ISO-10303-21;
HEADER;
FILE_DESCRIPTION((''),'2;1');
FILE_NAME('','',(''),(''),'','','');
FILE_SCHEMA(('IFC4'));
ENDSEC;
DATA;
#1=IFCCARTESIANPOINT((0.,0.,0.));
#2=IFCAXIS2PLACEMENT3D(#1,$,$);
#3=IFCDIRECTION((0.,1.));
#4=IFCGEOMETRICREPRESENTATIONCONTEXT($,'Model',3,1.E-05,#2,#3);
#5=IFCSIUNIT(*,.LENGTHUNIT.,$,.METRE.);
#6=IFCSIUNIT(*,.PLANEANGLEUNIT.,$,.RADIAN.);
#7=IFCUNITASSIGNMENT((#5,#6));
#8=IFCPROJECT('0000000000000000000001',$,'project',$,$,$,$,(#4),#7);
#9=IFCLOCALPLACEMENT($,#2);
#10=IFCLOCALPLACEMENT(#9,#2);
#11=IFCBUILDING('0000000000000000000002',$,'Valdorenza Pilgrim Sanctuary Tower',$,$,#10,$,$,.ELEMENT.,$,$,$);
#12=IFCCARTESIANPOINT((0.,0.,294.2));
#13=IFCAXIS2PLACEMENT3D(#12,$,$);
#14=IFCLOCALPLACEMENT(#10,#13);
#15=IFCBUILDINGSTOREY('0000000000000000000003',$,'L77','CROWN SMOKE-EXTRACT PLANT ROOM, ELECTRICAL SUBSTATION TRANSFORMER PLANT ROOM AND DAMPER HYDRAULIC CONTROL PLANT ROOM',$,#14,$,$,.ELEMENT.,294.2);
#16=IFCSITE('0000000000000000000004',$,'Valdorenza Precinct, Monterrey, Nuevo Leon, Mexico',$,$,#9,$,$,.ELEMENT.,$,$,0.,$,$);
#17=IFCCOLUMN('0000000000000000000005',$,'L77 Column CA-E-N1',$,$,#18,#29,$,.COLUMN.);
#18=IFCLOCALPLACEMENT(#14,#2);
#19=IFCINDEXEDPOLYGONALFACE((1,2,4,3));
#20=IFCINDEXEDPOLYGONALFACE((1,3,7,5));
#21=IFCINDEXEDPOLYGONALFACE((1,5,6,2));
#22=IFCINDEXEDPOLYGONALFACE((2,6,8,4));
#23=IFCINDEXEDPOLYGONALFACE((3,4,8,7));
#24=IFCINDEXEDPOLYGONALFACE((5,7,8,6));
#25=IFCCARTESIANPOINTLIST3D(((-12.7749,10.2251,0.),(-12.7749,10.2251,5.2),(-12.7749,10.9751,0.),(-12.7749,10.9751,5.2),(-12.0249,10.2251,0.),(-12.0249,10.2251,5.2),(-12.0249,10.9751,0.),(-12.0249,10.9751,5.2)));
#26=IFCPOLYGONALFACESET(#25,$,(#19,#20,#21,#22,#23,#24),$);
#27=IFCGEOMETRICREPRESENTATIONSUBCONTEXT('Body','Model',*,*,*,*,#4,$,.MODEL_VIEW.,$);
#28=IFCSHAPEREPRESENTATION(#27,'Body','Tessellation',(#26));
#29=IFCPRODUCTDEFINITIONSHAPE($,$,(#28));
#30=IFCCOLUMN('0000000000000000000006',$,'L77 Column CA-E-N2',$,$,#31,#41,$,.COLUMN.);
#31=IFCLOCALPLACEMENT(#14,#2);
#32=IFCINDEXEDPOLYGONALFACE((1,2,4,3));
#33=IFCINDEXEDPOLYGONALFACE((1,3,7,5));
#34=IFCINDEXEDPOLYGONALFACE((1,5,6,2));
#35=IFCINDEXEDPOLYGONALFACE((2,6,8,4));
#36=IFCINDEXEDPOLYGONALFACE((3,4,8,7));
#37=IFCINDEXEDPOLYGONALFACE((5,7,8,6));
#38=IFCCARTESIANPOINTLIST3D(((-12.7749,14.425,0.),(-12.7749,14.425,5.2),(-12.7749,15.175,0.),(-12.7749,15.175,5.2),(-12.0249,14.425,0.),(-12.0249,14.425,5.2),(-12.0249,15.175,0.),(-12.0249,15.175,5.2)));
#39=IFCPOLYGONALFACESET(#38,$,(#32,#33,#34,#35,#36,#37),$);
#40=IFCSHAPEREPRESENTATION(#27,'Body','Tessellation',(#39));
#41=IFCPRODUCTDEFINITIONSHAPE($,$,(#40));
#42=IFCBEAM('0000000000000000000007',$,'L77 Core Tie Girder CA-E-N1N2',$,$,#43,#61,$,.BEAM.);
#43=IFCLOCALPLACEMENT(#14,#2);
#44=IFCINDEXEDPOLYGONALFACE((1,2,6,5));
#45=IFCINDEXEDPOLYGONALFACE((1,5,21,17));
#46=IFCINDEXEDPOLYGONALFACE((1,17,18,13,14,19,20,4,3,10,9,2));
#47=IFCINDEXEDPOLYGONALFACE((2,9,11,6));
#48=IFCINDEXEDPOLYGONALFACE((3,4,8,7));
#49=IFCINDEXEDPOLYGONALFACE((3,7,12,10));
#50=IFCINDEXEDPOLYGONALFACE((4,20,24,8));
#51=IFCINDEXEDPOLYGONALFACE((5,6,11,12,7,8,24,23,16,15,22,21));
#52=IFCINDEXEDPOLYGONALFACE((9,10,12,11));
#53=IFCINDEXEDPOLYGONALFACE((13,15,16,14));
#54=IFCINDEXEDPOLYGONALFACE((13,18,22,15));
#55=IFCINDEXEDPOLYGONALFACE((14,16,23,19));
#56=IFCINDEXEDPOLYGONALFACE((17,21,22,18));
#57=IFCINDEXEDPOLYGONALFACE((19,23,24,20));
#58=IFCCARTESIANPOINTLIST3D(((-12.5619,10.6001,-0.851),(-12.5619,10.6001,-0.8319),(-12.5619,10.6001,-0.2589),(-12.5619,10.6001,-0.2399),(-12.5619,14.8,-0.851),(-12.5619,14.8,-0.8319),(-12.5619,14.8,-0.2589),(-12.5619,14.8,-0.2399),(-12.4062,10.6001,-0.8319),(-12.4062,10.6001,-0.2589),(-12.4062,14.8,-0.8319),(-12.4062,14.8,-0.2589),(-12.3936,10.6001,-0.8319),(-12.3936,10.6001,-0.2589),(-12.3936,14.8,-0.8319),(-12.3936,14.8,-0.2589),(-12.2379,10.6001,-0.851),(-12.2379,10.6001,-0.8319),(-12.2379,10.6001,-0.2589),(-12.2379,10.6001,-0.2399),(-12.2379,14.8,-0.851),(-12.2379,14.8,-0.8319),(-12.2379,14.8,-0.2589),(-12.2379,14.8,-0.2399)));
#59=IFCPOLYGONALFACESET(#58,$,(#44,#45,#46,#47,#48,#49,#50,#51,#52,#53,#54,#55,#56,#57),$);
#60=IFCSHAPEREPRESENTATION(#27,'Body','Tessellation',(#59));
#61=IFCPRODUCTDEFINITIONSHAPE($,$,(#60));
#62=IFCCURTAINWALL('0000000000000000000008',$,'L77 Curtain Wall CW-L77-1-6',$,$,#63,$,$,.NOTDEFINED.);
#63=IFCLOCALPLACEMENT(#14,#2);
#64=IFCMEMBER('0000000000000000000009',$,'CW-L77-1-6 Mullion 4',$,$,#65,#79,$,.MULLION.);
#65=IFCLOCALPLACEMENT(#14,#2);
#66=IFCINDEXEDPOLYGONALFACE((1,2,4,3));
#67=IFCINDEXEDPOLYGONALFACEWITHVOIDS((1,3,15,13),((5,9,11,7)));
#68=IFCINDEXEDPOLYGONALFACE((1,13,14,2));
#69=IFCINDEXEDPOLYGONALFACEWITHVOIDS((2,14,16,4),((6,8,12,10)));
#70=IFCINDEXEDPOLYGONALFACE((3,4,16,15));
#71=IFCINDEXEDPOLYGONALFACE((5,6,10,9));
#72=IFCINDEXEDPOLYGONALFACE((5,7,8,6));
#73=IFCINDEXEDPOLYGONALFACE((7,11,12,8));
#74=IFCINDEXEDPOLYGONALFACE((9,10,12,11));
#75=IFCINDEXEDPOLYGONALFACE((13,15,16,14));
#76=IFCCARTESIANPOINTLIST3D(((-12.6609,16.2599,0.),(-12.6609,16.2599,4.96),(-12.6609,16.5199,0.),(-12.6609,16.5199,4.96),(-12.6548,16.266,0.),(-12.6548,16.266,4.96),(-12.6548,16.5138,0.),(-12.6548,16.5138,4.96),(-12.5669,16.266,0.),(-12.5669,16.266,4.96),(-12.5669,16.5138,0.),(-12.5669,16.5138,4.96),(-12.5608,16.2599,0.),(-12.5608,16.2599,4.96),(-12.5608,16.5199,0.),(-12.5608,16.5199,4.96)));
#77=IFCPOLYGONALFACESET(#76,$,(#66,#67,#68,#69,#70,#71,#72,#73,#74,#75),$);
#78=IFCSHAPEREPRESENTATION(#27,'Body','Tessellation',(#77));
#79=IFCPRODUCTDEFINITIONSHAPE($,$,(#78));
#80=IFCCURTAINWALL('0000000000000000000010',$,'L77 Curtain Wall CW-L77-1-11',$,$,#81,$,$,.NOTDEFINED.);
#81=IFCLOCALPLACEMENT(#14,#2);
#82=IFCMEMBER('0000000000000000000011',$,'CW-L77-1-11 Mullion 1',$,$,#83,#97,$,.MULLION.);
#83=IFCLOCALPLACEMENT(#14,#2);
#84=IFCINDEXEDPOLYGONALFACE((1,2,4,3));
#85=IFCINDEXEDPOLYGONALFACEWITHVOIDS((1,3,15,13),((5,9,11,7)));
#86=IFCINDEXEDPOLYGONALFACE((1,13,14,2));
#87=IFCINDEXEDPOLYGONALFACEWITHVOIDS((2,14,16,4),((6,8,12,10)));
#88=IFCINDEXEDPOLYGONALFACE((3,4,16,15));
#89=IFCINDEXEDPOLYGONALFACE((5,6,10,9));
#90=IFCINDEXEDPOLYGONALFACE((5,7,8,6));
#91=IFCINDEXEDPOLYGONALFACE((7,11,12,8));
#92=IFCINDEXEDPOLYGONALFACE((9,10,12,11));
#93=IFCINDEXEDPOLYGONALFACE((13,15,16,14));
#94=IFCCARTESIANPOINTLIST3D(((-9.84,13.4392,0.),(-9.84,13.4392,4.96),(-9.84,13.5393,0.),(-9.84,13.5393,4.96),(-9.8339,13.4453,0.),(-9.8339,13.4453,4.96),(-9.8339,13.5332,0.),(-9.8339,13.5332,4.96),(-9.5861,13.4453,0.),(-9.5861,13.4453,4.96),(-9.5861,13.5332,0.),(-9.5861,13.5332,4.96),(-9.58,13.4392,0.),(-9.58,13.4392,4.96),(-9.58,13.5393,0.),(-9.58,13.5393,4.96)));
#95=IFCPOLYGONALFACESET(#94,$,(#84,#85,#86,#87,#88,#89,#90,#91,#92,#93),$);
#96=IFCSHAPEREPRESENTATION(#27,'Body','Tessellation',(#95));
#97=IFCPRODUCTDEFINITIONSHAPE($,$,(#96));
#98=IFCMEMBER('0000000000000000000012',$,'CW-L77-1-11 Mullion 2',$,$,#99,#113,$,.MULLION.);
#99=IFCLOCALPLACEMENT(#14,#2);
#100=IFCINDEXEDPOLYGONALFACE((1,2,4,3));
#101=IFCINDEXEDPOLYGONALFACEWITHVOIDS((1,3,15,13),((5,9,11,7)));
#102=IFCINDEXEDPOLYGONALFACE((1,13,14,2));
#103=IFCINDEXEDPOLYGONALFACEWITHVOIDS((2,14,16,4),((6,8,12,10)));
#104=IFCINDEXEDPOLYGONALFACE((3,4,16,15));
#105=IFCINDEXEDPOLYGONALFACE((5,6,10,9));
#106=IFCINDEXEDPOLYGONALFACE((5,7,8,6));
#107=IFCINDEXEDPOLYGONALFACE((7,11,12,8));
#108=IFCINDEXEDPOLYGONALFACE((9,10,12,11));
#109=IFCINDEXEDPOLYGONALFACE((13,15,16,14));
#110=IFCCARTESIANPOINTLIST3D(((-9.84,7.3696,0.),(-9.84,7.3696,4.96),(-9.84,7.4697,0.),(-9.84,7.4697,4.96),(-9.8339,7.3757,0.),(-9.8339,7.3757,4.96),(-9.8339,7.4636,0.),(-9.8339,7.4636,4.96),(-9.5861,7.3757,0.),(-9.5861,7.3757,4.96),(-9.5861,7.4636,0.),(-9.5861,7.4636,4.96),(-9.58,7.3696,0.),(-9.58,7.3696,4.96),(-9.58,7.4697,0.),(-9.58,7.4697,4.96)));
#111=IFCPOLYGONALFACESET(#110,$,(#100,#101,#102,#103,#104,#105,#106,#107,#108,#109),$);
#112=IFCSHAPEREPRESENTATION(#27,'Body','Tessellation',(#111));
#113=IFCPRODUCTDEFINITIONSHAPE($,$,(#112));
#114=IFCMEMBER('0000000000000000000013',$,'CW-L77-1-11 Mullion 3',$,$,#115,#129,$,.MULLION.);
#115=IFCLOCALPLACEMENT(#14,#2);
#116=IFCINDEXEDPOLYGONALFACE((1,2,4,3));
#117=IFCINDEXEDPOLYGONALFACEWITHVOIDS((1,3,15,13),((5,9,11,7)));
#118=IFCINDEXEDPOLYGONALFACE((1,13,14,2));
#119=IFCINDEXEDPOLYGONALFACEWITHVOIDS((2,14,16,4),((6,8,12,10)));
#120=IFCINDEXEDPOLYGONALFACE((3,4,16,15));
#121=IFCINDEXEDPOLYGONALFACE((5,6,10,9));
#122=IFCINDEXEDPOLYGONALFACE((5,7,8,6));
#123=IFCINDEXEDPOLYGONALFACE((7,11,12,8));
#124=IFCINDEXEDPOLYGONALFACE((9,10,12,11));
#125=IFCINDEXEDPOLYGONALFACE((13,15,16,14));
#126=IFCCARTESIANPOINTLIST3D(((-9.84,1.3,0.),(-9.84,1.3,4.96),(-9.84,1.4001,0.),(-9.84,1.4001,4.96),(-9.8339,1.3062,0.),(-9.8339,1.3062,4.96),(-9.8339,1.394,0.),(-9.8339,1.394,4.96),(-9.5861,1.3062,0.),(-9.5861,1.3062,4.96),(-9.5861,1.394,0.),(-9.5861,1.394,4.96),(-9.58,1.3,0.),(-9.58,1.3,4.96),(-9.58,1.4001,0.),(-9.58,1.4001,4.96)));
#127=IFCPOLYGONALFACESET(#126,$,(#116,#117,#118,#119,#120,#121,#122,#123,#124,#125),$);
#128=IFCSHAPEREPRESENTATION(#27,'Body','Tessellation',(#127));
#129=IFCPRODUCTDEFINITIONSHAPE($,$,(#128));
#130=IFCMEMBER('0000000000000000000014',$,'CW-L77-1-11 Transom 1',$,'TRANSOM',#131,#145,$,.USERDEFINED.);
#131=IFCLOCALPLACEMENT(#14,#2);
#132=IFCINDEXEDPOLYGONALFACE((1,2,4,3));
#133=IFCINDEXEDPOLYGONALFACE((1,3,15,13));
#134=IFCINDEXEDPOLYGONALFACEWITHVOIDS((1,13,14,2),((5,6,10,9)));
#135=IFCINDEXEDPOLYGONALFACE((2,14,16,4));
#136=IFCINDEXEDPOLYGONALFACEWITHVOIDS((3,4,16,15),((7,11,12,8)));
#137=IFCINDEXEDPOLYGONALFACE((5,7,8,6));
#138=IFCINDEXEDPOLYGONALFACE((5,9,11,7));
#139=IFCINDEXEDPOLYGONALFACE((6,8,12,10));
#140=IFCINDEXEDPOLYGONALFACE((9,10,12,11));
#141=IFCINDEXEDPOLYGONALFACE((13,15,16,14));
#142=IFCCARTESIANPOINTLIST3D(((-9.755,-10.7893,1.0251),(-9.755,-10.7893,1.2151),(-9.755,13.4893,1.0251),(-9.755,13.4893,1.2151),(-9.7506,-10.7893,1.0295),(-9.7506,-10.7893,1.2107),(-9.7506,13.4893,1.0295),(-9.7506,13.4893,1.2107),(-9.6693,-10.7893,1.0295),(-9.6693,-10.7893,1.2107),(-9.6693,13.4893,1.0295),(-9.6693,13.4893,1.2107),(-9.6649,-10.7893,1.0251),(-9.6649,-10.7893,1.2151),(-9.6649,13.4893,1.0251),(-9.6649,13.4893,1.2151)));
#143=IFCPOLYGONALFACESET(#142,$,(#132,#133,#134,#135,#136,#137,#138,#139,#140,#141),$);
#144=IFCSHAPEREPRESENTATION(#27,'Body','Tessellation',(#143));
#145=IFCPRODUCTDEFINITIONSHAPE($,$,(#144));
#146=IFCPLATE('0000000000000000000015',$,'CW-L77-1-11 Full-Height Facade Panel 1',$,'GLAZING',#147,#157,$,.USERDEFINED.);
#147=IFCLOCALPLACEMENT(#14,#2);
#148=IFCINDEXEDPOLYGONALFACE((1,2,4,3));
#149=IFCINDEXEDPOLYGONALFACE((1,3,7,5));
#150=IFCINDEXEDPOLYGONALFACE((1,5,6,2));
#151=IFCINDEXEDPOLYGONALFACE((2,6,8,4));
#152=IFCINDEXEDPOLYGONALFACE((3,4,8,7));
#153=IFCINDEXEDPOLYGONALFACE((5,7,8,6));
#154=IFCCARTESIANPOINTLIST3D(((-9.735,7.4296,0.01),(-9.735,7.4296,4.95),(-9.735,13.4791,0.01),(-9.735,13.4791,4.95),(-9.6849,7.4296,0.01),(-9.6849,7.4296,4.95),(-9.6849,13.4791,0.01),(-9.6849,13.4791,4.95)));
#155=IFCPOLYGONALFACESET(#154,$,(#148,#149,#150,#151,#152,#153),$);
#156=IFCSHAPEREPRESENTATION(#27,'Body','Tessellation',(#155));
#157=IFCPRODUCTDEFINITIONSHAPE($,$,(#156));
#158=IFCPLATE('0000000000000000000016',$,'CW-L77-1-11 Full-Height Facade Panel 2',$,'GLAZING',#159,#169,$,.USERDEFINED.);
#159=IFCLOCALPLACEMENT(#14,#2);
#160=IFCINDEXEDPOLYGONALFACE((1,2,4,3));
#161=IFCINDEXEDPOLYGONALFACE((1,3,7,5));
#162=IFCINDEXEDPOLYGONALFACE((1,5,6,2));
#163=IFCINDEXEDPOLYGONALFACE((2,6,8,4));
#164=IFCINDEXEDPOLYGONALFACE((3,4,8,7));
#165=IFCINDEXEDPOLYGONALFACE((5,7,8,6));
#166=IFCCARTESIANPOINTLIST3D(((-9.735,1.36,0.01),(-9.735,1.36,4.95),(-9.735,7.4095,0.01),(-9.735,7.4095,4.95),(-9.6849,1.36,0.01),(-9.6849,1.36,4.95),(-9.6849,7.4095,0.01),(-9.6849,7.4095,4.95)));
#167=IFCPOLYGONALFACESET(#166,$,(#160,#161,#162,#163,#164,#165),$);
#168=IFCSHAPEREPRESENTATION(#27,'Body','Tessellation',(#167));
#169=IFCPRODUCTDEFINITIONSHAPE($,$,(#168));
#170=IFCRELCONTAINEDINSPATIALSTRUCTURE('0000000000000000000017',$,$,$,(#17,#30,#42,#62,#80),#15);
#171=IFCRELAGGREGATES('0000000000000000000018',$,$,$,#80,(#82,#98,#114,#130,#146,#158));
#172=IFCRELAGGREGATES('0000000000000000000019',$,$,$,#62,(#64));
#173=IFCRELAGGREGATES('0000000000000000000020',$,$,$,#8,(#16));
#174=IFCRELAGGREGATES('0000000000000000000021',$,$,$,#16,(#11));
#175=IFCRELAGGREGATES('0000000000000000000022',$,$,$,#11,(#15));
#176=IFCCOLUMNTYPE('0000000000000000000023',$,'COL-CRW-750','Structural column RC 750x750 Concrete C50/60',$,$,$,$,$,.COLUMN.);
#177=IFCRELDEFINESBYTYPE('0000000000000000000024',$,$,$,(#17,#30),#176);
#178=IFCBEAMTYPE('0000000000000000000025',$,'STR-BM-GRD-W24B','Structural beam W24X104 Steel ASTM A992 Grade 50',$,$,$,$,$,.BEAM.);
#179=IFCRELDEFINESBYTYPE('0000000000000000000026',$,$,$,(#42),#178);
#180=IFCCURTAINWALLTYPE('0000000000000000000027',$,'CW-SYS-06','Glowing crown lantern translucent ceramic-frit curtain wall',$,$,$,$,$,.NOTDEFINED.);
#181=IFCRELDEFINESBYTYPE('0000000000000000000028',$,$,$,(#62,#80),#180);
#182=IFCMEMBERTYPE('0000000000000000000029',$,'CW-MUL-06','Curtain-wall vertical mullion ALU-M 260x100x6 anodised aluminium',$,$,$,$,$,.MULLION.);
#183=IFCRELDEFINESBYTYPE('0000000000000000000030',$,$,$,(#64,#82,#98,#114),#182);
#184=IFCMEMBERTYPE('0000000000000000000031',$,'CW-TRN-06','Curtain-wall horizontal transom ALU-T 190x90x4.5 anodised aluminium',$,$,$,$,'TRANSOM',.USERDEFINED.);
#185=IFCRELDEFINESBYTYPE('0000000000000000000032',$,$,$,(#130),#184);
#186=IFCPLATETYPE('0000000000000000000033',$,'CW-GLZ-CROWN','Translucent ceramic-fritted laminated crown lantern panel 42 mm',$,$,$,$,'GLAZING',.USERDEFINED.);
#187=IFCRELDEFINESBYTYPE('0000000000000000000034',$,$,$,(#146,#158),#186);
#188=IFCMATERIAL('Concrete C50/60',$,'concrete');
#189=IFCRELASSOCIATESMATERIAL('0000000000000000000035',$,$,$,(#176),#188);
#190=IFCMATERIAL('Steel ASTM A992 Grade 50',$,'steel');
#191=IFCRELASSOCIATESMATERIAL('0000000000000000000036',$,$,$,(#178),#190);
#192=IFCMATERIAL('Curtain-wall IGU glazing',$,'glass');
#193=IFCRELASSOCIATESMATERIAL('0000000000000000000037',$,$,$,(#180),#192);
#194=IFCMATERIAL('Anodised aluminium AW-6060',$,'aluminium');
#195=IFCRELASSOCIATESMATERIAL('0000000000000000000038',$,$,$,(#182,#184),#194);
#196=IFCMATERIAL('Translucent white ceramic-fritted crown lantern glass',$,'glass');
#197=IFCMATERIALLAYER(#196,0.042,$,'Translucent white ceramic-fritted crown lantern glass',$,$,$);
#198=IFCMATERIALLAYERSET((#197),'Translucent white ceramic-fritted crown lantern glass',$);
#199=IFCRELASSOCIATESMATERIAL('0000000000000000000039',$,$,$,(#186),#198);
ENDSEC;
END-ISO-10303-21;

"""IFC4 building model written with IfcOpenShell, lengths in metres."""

from ifc_helpers import new_model, si_unit, direction, frame, origin, origin_2d, place, context, subcontext, project, spatial, rectangle, hollow_rectangle, i_section, extrude, source, transform, mapped, material, layer, layer_set, material_profile, profile_set, type_object, element, aggregate, save


model = new_model("IFC4")

# Units and contexts
model_context = context("Model", 3, precision=1e-05, world=origin(), true_north=direction((0.0, 1.0)))
body_context = subcontext(model_context, "Body", "Model", "MODEL_VIEW")
ifc_project = project(units=[si_unit("LENGTHUNIT", "METRE"), si_unit("PLANEANGLEUNIT", "RADIAN")], contexts=[model_context])

# Site, building, storey
site_placement = place(None, origin())
site = spatial("IfcSite", under=ifc_project, at=site_placement, Name="Valdorenza Precinct, Monterrey, Nuevo Leon, Mexico", CompositionType="ELEMENT", RefElevation=0.0)
building_placement = place(site_placement, origin())
building = spatial("IfcBuilding", under=site, at=building_placement, Name="Valdorenza Pilgrim Sanctuary Tower", CompositionType="ELEMENT")
storey_placement = place(building_placement, frame((0.0, 0.0, 294.2)))
storey = spatial("IfcBuildingStorey", under=building, at=storey_placement, Name="L77", Description="CROWN SMOKE-EXTRACT PLANT ROOM, ELECTRICAL SUBSTATION TRANSFORMER PLANT ROOM AND DAMPER HYDRAULIC CONTROL PLANT ROOM", CompositionType="ELEMENT", Elevation=294.2)

# Columns
ifc_material_1 = material(Name="Concrete C50/60", Category="concrete")
ifc_material_profile_1 = material_profile(ifc_material_1, rectangle(XDim=0.75, YDim=0.75, at=origin_2d()), Name="RC 750x750")
ifc_profile_set_1 = profile_set([ifc_material_profile_1], Name="Concrete C50/60")
column_type = type_object("IfcColumnType", Name="COL-CRW-750", Description="Structural column RC 750x750 Concrete C50/60", PredefinedType="COLUMN", material=ifc_profile_set_1)
shared_shape_1 = source(origin(), body_context, "Body", "SweptSolid", [
    extrude(rectangle(XDim=0.75, YDim=0.75, at=origin_2d()), origin(), (0.0, 0.0, 1.0), 5.2),
])
for number, where, z_axis, x_axis, name in (
    (1, (-12.3999, 10.6001, 0.0), (0.0, 0.0, 1.0), (1.0, 0.0, 0.0), "L77 Column CA-E-N1"),
    (2, (-12.3999, 14.8, 0.0), (0.0, 0.0, 1.0), (1.0, 0.0, 0.0), "L77 Column CA-E-N2"),
):
    element("IfcColumn", number, at=place(storey_placement, frame(where, z_axis=z_axis, x_axis=x_axis)), inside=storey, type_object=column_type, Name=name, PredefinedType="COLUMN", context=body_context, shape_type="MappedRepresentation", body=[
        mapped(shared_shape_1, transform((0.0, 0.0, 0.0), x_axis=(1.0, 0.0, 0.0), y_axis=(0.0, 1.0, 0.0), z_axis=(0.0, 0.0, 1.0), scale=1.0)),
    ])

# Beam
ifc_material_2 = material(Name="Steel ASTM A992 Grade 50", Category="steel")
ifc_material_profile_2 = material_profile(ifc_material_2, i_section(OverallWidth=0.324, OverallDepth=0.6111, WebThickness=0.0127, FlangeThickness=0.019, at=origin_2d()), Name="W24X104")
ifc_profile_set_2 = profile_set([ifc_material_profile_2], Name="Steel ASTM A992 Grade 50")
beam_type = type_object("IfcBeamType", Name="STR-BM-GRD-W24B", Description="Structural beam W24X104 Steel ASTM A992 Grade 50", PredefinedType="BEAM", material=ifc_profile_set_2)
shared_shape_2 = source(origin(), body_context, "Body", "SweptSolid", [
    extrude(i_section(OverallWidth=0.324, OverallDepth=0.6111, WebThickness=0.0127, FlangeThickness=0.019, at=origin_2d()), origin(), (0.0, 0.0, 1.0), 4.2),
])
beam_placement = place(storey_placement, frame((-12.3999, 10.6001, -0.5454), z_axis=(0.0, 1.0, 0.0), x_axis=(-1.0, 0.0, 0.0)))
element("IfcBeam", 3, at=beam_placement, inside=storey, type_object=beam_type, Name="L77 Core Tie Girder CA-E-N1N2", PredefinedType="BEAM", context=body_context, shape_type="MappedRepresentation", body=[
    mapped(shared_shape_2, transform((0.0, 0.0, 0.0), x_axis=(1.0, 0.0, 0.0), y_axis=(0.0, 1.0, 0.0), z_axis=(0.0, 0.0, 1.0), scale=1.0)),
])

# Curtain wall, member
ifc_material_3 = material(Name="Curtain-wall IGU glazing", Category="glass")
curtain_wall_type = type_object("IfcCurtainWallType", Name="CW-SYS-06", Description="Glowing crown lantern translucent ceramic-frit curtain wall", PredefinedType="NOTDEFINED", material=ifc_material_3)
curtain_wall_1_placement = place(storey_placement, origin())
curtain_wall_1 = element("IfcCurtainWall", 4, at=curtain_wall_1_placement, inside=storey, type_object=curtain_wall_type, Name="L77 Curtain Wall CW-L77-1-6", PredefinedType="NOTDEFINED")
ifc_material_4 = material(Name="Anodised aluminium AW-6060", Category="aluminium")
ifc_material_profile_3 = material_profile(ifc_material_4, hollow_rectangle(XDim=0.1001, YDim=0.26, WallThickness=0.0061, at=origin_2d()), Name="ALU-M 260x100x6")
ifc_profile_set_3 = profile_set([ifc_material_profile_3], Name="Anodised aluminium AW-6060")
member_type_1 = type_object("IfcMemberType", Name="CW-MUL-06", Description="Curtain-wall vertical mullion ALU-M 260x100x6 anodised aluminium", PredefinedType="MULLION", material=ifc_profile_set_3)
shared_shape_3 = source(origin(), body_context, "Body", "SweptSolid", [
    extrude(hollow_rectangle(XDim=0.1001, YDim=0.26, WallThickness=0.0061, at=origin_2d()), origin(), (0.0, 0.0, 1.0), 4.96),
])
member_1_placement = place(storey_placement, frame((-12.6108, 16.3899, 0.0), z_axis=(0.0, 0.0, 1.0), x_axis=(1.0, 0.0, 0.0)))
member_1 = element("IfcMember", 5, at=member_1_placement, type_object=member_type_1, Name="CW-L77-1-6 Mullion 4", PredefinedType="MULLION", context=body_context, shape_type="MappedRepresentation", body=[
    mapped(shared_shape_3, transform((0.0, 0.0, 0.0), x_axis=(1.0, 0.0, 0.0), y_axis=(0.0, 1.0, 0.0), z_axis=(0.0, 0.0, 1.0), scale=1.0)),
])

# Curtain wall, members, plates
curtain_wall_2_placement = place(storey_placement, origin())
curtain_wall_2 = element("IfcCurtainWall", 6, at=curtain_wall_2_placement, inside=storey, type_object=curtain_wall_type, Name="L77 Curtain Wall CW-L77-1-11", PredefinedType="NOTDEFINED")
member_2_placement = place(storey_placement, frame((-9.71, 13.4893, 0.0), z_axis=(0.0, 0.0, 1.0), x_axis=(0.0, -1.0, 0.0)))
member_2 = element("IfcMember", 7, at=member_2_placement, type_object=member_type_1, Name="CW-L77-1-11 Mullion 1", PredefinedType="MULLION", context=body_context, shape_type="MappedRepresentation", body=[
    mapped(shared_shape_3, transform((0.0, 0.0, 0.0), x_axis=(1.0, 0.0, 0.0), y_axis=(0.0, 1.0, 0.0), z_axis=(0.0, 0.0, 1.0), scale=1.0)),
])
member_3_placement = place(storey_placement, frame((-9.71, 7.4197, 0.0), z_axis=(0.0, 0.0, 1.0), x_axis=(0.0, -1.0, 0.0)))
member_3 = element("IfcMember", 8, at=member_3_placement, type_object=member_type_1, Name="CW-L77-1-11 Mullion 2", PredefinedType="MULLION", context=body_context, shape_type="MappedRepresentation", body=[
    mapped(shared_shape_3, transform((0.0, 0.0, 0.0), x_axis=(1.0, 0.0, 0.0), y_axis=(0.0, 1.0, 0.0), z_axis=(0.0, 0.0, 1.0), scale=1.0)),
])
member_4_placement = place(storey_placement, frame((-9.71, 1.3501, 0.0), z_axis=(0.0, 0.0, 1.0), x_axis=(0.0, -1.0, 0.0)))
member_4 = element("IfcMember", 9, at=member_4_placement, type_object=member_type_1, Name="CW-L77-1-11 Mullion 3", PredefinedType="MULLION", context=body_context, shape_type="MappedRepresentation", body=[
    mapped(shared_shape_3, transform((0.0, 0.0, 0.0), x_axis=(1.0, 0.0, 0.0), y_axis=(0.0, 1.0, 0.0), z_axis=(0.0, 0.0, 1.0), scale=1.0)),
])
ifc_material_profile_4 = material_profile(ifc_material_4, hollow_rectangle(XDim=0.0901, YDim=0.1899, WallThickness=0.0044, at=origin_2d()), Name="ALU-T 190x90x4.5")
ifc_profile_set_4 = profile_set([ifc_material_profile_4], Name="Anodised aluminium AW-6060")
member_type_2 = type_object("IfcMemberType", Name="CW-TRN-06", Description="Curtain-wall horizontal transom ALU-T 190x90x4.5 anodised aluminium", ElementType="TRANSOM", PredefinedType="USERDEFINED", material=ifc_profile_set_4)
shared_shape_4 = source(origin(), body_context, "Body", "SweptSolid", [
    extrude(hollow_rectangle(XDim=0.0901, YDim=0.1899, WallThickness=0.0044, at=origin_2d()), origin(), (0.0, 0.0, 1.0), 24.2786),
])
member_5_placement = place(storey_placement, frame((-9.71, 13.4893, 1.1201), z_axis=(0.0, -1.0, 0.0), x_axis=(1.0, 0.0, 0.0)))
member_5 = element("IfcMember", 10, at=member_5_placement, type_object=member_type_2, Name="CW-L77-1-11 Transom 1", ObjectType="TRANSOM", PredefinedType="USERDEFINED", context=body_context, shape_type="MappedRepresentation", body=[
    mapped(shared_shape_4, transform((0.0, 0.0, 0.0), x_axis=(1.0, 0.0, 0.0), y_axis=(0.0, 1.0, 0.0), z_axis=(0.0, 0.0, 1.0), scale=1.0)),
])
ifc_material_5 = material(Name="Translucent white ceramic-fritted crown lantern glass", Category="glass")
ifc_layer_1 = layer(ifc_material_5, 0.042, Name="Translucent white ceramic-fritted crown lantern glass")
ifc_layer_set_1 = layer_set([ifc_layer_1], Name="Translucent white ceramic-fritted crown lantern glass")
plate_type = type_object("IfcPlateType", Name="CW-GLZ-CROWN", Description="Translucent ceramic-fritted laminated crown lantern panel 42 mm", ElementType="GLAZING", PredefinedType="USERDEFINED", material=ifc_layer_set_1)
shared_shape_5 = source(origin(), body_context, "Body", "SweptSolid", [
    extrude(rectangle(XDim=6.0496, YDim=0.05, at=origin_2d()), origin(), (0.0, 0.0, 1.0), 4.9399),
])
plate_1_placement = place(storey_placement, frame((-9.71, 10.4543, 0.01), z_axis=(0.0, 0.0, 1.0), x_axis=(0.0, -1.0, 0.0)))
plate_1 = element("IfcPlate", 11, at=plate_1_placement, type_object=plate_type, Name="CW-L77-1-11 Full-Height Facade Panel 1", ObjectType="GLAZING", PredefinedType="USERDEFINED", context=body_context, shape_type="MappedRepresentation", body=[
    mapped(shared_shape_5, transform((0.0, 0.0, 0.0), x_axis=(1.0, 0.0, 0.0), y_axis=(0.0, 1.0, 0.0), z_axis=(0.0, 0.0, 1.0), scale=1.0)),
])
plate_2_placement = place(storey_placement, frame((-9.71, 4.3848, 0.01), z_axis=(0.0, 0.0, 1.0), x_axis=(0.0, -1.0, 0.0)))
plate_2 = element("IfcPlate", 12, at=plate_2_placement, type_object=plate_type, Name="CW-L77-1-11 Full-Height Facade Panel 2", ObjectType="GLAZING", PredefinedType="USERDEFINED", context=body_context, shape_type="MappedRepresentation", body=[
    mapped(shared_shape_5, transform((0.0, 0.0, 0.0), x_axis=(1.0, 0.0, 0.0), y_axis=(0.0, 1.0, 0.0), z_axis=(0.0, 0.0, 1.0), scale=1.0)),
])
aggregate(curtain_wall_2, [member_2, member_3, member_4, member_5, plate_1, plate_2])

aggregate(curtain_wall_1, [member_1])

save(model, "model.ifc")
